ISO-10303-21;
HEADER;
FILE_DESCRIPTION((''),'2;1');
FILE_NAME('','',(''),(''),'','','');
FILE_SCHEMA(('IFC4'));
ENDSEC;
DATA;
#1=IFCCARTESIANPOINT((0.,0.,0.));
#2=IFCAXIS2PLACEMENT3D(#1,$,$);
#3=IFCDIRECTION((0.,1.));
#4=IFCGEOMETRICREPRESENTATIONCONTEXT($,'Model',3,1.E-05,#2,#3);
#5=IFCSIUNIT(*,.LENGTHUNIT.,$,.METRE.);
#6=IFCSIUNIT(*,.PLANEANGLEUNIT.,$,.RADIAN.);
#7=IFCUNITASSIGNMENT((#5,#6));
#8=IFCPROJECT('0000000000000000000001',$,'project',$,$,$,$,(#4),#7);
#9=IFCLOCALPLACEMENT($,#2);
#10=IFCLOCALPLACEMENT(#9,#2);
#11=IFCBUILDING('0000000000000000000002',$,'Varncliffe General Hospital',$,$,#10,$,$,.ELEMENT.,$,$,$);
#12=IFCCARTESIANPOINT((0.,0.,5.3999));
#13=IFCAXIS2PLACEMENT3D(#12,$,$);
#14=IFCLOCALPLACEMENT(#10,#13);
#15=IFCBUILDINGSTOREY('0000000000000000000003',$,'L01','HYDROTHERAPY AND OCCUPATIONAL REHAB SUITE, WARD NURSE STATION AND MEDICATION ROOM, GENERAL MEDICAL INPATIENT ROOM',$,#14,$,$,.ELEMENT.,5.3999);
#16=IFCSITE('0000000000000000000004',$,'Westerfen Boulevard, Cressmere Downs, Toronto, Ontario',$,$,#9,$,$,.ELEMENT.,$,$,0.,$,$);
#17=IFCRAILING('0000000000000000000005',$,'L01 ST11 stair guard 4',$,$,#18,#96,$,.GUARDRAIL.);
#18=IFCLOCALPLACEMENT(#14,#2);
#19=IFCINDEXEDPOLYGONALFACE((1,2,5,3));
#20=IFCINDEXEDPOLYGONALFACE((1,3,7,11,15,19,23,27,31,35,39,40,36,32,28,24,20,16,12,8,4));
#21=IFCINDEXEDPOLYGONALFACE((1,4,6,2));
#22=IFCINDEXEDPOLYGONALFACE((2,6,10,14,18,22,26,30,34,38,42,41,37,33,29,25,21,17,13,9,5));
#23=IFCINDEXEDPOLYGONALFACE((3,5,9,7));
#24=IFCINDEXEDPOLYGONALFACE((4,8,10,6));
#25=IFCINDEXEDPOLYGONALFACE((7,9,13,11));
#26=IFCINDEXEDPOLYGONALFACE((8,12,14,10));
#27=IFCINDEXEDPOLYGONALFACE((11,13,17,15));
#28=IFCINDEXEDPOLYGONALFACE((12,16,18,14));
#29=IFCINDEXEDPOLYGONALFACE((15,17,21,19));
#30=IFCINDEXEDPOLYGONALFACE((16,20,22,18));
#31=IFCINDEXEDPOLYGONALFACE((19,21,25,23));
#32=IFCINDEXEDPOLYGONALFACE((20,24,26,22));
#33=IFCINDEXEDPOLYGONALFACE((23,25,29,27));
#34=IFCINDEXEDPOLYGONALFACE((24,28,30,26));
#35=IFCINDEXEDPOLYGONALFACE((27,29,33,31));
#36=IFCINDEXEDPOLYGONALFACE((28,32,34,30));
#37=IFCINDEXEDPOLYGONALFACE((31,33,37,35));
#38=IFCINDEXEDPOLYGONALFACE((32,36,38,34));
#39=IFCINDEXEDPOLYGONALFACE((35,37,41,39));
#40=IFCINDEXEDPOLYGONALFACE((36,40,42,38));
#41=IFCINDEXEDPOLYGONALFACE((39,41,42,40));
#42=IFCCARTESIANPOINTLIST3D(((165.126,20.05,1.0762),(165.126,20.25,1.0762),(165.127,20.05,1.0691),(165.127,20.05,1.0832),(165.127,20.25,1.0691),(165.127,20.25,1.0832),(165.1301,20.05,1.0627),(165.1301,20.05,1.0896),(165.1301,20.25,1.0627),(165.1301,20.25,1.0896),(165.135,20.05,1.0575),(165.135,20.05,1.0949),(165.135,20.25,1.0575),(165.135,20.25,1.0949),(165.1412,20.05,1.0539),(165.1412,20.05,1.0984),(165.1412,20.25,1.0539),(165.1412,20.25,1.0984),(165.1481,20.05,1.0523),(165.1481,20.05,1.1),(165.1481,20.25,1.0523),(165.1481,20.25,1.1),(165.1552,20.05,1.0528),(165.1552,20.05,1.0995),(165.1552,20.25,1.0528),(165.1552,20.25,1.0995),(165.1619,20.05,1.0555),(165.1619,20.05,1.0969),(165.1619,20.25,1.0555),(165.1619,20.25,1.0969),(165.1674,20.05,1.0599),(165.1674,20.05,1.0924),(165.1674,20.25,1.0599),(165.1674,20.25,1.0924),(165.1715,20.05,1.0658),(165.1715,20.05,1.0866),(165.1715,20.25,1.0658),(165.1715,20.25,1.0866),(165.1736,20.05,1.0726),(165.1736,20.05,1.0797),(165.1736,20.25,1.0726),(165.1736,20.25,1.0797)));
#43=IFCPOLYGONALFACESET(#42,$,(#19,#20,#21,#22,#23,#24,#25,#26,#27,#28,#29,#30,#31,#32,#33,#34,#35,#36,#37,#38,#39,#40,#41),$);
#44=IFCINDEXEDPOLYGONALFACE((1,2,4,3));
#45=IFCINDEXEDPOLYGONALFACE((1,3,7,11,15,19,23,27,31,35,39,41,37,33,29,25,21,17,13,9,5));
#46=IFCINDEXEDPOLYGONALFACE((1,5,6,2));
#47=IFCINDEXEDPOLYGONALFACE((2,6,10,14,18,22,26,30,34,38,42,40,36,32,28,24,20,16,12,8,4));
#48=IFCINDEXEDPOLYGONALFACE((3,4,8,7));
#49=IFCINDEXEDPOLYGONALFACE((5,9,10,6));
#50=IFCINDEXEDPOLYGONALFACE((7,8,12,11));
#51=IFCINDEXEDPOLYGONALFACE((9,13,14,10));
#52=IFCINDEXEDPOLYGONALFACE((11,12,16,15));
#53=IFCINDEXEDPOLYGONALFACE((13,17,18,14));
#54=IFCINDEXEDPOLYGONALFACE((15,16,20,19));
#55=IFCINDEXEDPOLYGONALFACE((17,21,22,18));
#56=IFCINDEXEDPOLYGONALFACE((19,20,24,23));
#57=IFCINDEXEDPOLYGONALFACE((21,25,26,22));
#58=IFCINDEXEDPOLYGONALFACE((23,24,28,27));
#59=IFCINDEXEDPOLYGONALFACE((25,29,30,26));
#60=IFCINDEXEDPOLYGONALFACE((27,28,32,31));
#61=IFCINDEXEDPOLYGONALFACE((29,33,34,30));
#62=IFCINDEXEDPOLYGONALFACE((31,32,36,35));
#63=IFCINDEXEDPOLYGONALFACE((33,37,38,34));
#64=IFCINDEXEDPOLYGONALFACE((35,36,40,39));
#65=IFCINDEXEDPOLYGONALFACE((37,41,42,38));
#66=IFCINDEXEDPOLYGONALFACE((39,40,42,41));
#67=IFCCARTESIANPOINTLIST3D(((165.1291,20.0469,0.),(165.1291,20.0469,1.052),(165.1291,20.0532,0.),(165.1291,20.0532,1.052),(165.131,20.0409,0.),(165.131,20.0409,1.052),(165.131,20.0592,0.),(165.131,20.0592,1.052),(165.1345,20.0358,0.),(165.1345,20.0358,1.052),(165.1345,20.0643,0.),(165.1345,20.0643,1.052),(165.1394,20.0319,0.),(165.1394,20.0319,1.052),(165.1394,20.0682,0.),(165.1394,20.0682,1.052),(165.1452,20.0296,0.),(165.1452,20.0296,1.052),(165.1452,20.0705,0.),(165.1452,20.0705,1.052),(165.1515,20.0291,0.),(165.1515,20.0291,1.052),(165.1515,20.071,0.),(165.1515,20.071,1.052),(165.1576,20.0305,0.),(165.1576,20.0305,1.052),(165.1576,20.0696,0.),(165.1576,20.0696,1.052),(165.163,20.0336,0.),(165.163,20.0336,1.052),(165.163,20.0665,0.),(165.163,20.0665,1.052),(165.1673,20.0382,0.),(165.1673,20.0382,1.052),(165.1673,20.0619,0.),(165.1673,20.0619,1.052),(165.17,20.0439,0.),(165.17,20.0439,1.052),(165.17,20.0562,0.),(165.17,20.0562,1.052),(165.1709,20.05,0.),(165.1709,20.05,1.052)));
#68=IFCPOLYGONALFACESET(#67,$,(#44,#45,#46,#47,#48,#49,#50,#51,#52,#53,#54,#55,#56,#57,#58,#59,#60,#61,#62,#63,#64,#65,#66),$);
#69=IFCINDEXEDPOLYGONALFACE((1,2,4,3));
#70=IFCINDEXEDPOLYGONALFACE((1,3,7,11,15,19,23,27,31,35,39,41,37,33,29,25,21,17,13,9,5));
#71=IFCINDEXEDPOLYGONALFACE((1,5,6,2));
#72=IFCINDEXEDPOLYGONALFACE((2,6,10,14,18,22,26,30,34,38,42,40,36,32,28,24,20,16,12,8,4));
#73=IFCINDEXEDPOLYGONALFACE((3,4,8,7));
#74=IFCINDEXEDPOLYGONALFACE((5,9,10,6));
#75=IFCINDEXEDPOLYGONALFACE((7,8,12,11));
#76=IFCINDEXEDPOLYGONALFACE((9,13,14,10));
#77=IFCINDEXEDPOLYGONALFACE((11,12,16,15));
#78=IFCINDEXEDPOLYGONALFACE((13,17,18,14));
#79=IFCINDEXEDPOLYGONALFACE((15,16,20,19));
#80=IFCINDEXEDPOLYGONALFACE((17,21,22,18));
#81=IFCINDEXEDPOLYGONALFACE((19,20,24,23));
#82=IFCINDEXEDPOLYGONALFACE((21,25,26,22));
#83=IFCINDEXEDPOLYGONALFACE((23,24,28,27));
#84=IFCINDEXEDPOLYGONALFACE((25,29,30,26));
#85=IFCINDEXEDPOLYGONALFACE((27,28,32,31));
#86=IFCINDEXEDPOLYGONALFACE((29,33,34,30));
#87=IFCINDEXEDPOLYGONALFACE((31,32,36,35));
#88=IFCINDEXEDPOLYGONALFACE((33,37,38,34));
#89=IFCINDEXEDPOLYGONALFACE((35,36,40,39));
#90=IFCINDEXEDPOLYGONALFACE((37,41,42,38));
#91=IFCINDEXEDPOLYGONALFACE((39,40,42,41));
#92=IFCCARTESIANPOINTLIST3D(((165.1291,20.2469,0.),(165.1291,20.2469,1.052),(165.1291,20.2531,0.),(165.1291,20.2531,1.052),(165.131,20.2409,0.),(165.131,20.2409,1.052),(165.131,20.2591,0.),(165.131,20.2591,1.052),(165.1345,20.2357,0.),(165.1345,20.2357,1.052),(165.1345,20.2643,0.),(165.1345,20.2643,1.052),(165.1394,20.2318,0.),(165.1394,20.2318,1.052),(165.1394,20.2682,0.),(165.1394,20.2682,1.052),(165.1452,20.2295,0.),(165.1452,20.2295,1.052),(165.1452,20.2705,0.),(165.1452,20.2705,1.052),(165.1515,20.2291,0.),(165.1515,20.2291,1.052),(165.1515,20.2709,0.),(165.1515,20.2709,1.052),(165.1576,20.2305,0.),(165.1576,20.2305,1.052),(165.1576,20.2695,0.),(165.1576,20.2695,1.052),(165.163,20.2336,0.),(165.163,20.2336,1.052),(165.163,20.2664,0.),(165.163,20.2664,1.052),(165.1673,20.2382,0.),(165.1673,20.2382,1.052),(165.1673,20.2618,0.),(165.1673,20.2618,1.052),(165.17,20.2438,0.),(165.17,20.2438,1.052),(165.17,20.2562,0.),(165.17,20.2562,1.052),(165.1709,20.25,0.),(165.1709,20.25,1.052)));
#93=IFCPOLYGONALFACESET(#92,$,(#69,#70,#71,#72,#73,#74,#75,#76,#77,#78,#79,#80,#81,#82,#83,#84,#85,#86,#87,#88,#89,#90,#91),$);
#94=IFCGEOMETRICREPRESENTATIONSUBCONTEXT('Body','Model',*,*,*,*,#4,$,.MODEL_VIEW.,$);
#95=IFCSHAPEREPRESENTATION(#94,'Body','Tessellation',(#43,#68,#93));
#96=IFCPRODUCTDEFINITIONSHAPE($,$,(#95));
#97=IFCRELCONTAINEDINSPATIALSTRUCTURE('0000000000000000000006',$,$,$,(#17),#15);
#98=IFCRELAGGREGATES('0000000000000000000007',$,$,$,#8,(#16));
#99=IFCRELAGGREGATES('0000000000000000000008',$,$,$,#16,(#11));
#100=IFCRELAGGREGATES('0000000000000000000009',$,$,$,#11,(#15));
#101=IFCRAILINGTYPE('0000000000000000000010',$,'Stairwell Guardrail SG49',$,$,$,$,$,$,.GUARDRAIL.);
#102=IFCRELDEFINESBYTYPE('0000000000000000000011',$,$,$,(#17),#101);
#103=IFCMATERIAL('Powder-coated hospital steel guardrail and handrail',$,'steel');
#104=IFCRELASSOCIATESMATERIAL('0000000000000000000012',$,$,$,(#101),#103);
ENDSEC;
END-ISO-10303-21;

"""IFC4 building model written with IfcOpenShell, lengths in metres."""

from ifc_helpers import new_model, si_unit, direction, frame, origin, origin_2d, place, context, subcontext, project, spatial, circle, extrude, material, type_object, element, save


model = new_model("IFC4")

# Units and contexts
model_context = context("Model", 3, precision=1e-05, world=origin(), true_north=direction((0.0, 1.0)))
body_context = subcontext(model_context, "Body", "Model", "MODEL_VIEW")
ifc_project = project(units=[si_unit("LENGTHUNIT", "METRE"), si_unit("PLANEANGLEUNIT", "RADIAN")], contexts=[model_context])

# Site, building, storey
site_placement = place(None, origin())
site = spatial("IfcSite", under=ifc_project, at=site_placement, Name="Westerfen Boulevard, Cressmere Downs, Toronto, Ontario", CompositionType="ELEMENT", RefElevation=0.0)
building_placement = place(site_placement, origin())
building = spatial("IfcBuilding", under=site, at=building_placement, Name="Varncliffe General Hospital", CompositionType="ELEMENT")
storey_placement = place(building_placement, frame((0.0, 0.0, 5.3999)))
storey = spatial("IfcBuildingStorey", under=building, at=storey_placement, Name="L01", Description="HYDROTHERAPY AND OCCUPATIONAL REHAB SUITE, WARD NURSE STATION AND MEDICATION ROOM, GENERAL MEDICAL INPATIENT ROOM", CompositionType="ELEMENT", Elevation=5.3999)

# Railing
ifc_material_1 = material(Name="Powder-coated hospital steel guardrail and handrail", Category="steel")
railing_type_1 = type_object("IfcRailingType", Name="Stairwell Guardrail SG49", PredefinedType="GUARDRAIL", material=ifc_material_1)
railing_1_placement = place(storey_placement, frame((165.1499, 20.05, 0.0)))
element("IfcRailing", 1, at=railing_1_placement, inside=storey, type_object=railing_type_1, Name="L01 ST11 stair guard 4", PredefinedType="GUARDRAIL", context=body_context, shape_type="SweptSolid", body=[
    extrude(circle(Radius=0.0239, at=origin_2d()), frame((0.0, 0.0, 1.0762), z_axis=(0.0, 1.0, 0.0), x_axis=(-1.0, 0.0, 0.0)), (0.0, 0.0, 1.0), 0.2),
    extrude(circle(Radius=0.021, at=origin_2d()), origin(), (0.0, 0.0, 1.0), 1.052),
    extrude(circle(Radius=0.021, at=origin_2d()), frame((0.0, 0.2, 0.0)), (0.0, 0.0, 1.0), 1.052),
])

save(model, "model.ifc")
